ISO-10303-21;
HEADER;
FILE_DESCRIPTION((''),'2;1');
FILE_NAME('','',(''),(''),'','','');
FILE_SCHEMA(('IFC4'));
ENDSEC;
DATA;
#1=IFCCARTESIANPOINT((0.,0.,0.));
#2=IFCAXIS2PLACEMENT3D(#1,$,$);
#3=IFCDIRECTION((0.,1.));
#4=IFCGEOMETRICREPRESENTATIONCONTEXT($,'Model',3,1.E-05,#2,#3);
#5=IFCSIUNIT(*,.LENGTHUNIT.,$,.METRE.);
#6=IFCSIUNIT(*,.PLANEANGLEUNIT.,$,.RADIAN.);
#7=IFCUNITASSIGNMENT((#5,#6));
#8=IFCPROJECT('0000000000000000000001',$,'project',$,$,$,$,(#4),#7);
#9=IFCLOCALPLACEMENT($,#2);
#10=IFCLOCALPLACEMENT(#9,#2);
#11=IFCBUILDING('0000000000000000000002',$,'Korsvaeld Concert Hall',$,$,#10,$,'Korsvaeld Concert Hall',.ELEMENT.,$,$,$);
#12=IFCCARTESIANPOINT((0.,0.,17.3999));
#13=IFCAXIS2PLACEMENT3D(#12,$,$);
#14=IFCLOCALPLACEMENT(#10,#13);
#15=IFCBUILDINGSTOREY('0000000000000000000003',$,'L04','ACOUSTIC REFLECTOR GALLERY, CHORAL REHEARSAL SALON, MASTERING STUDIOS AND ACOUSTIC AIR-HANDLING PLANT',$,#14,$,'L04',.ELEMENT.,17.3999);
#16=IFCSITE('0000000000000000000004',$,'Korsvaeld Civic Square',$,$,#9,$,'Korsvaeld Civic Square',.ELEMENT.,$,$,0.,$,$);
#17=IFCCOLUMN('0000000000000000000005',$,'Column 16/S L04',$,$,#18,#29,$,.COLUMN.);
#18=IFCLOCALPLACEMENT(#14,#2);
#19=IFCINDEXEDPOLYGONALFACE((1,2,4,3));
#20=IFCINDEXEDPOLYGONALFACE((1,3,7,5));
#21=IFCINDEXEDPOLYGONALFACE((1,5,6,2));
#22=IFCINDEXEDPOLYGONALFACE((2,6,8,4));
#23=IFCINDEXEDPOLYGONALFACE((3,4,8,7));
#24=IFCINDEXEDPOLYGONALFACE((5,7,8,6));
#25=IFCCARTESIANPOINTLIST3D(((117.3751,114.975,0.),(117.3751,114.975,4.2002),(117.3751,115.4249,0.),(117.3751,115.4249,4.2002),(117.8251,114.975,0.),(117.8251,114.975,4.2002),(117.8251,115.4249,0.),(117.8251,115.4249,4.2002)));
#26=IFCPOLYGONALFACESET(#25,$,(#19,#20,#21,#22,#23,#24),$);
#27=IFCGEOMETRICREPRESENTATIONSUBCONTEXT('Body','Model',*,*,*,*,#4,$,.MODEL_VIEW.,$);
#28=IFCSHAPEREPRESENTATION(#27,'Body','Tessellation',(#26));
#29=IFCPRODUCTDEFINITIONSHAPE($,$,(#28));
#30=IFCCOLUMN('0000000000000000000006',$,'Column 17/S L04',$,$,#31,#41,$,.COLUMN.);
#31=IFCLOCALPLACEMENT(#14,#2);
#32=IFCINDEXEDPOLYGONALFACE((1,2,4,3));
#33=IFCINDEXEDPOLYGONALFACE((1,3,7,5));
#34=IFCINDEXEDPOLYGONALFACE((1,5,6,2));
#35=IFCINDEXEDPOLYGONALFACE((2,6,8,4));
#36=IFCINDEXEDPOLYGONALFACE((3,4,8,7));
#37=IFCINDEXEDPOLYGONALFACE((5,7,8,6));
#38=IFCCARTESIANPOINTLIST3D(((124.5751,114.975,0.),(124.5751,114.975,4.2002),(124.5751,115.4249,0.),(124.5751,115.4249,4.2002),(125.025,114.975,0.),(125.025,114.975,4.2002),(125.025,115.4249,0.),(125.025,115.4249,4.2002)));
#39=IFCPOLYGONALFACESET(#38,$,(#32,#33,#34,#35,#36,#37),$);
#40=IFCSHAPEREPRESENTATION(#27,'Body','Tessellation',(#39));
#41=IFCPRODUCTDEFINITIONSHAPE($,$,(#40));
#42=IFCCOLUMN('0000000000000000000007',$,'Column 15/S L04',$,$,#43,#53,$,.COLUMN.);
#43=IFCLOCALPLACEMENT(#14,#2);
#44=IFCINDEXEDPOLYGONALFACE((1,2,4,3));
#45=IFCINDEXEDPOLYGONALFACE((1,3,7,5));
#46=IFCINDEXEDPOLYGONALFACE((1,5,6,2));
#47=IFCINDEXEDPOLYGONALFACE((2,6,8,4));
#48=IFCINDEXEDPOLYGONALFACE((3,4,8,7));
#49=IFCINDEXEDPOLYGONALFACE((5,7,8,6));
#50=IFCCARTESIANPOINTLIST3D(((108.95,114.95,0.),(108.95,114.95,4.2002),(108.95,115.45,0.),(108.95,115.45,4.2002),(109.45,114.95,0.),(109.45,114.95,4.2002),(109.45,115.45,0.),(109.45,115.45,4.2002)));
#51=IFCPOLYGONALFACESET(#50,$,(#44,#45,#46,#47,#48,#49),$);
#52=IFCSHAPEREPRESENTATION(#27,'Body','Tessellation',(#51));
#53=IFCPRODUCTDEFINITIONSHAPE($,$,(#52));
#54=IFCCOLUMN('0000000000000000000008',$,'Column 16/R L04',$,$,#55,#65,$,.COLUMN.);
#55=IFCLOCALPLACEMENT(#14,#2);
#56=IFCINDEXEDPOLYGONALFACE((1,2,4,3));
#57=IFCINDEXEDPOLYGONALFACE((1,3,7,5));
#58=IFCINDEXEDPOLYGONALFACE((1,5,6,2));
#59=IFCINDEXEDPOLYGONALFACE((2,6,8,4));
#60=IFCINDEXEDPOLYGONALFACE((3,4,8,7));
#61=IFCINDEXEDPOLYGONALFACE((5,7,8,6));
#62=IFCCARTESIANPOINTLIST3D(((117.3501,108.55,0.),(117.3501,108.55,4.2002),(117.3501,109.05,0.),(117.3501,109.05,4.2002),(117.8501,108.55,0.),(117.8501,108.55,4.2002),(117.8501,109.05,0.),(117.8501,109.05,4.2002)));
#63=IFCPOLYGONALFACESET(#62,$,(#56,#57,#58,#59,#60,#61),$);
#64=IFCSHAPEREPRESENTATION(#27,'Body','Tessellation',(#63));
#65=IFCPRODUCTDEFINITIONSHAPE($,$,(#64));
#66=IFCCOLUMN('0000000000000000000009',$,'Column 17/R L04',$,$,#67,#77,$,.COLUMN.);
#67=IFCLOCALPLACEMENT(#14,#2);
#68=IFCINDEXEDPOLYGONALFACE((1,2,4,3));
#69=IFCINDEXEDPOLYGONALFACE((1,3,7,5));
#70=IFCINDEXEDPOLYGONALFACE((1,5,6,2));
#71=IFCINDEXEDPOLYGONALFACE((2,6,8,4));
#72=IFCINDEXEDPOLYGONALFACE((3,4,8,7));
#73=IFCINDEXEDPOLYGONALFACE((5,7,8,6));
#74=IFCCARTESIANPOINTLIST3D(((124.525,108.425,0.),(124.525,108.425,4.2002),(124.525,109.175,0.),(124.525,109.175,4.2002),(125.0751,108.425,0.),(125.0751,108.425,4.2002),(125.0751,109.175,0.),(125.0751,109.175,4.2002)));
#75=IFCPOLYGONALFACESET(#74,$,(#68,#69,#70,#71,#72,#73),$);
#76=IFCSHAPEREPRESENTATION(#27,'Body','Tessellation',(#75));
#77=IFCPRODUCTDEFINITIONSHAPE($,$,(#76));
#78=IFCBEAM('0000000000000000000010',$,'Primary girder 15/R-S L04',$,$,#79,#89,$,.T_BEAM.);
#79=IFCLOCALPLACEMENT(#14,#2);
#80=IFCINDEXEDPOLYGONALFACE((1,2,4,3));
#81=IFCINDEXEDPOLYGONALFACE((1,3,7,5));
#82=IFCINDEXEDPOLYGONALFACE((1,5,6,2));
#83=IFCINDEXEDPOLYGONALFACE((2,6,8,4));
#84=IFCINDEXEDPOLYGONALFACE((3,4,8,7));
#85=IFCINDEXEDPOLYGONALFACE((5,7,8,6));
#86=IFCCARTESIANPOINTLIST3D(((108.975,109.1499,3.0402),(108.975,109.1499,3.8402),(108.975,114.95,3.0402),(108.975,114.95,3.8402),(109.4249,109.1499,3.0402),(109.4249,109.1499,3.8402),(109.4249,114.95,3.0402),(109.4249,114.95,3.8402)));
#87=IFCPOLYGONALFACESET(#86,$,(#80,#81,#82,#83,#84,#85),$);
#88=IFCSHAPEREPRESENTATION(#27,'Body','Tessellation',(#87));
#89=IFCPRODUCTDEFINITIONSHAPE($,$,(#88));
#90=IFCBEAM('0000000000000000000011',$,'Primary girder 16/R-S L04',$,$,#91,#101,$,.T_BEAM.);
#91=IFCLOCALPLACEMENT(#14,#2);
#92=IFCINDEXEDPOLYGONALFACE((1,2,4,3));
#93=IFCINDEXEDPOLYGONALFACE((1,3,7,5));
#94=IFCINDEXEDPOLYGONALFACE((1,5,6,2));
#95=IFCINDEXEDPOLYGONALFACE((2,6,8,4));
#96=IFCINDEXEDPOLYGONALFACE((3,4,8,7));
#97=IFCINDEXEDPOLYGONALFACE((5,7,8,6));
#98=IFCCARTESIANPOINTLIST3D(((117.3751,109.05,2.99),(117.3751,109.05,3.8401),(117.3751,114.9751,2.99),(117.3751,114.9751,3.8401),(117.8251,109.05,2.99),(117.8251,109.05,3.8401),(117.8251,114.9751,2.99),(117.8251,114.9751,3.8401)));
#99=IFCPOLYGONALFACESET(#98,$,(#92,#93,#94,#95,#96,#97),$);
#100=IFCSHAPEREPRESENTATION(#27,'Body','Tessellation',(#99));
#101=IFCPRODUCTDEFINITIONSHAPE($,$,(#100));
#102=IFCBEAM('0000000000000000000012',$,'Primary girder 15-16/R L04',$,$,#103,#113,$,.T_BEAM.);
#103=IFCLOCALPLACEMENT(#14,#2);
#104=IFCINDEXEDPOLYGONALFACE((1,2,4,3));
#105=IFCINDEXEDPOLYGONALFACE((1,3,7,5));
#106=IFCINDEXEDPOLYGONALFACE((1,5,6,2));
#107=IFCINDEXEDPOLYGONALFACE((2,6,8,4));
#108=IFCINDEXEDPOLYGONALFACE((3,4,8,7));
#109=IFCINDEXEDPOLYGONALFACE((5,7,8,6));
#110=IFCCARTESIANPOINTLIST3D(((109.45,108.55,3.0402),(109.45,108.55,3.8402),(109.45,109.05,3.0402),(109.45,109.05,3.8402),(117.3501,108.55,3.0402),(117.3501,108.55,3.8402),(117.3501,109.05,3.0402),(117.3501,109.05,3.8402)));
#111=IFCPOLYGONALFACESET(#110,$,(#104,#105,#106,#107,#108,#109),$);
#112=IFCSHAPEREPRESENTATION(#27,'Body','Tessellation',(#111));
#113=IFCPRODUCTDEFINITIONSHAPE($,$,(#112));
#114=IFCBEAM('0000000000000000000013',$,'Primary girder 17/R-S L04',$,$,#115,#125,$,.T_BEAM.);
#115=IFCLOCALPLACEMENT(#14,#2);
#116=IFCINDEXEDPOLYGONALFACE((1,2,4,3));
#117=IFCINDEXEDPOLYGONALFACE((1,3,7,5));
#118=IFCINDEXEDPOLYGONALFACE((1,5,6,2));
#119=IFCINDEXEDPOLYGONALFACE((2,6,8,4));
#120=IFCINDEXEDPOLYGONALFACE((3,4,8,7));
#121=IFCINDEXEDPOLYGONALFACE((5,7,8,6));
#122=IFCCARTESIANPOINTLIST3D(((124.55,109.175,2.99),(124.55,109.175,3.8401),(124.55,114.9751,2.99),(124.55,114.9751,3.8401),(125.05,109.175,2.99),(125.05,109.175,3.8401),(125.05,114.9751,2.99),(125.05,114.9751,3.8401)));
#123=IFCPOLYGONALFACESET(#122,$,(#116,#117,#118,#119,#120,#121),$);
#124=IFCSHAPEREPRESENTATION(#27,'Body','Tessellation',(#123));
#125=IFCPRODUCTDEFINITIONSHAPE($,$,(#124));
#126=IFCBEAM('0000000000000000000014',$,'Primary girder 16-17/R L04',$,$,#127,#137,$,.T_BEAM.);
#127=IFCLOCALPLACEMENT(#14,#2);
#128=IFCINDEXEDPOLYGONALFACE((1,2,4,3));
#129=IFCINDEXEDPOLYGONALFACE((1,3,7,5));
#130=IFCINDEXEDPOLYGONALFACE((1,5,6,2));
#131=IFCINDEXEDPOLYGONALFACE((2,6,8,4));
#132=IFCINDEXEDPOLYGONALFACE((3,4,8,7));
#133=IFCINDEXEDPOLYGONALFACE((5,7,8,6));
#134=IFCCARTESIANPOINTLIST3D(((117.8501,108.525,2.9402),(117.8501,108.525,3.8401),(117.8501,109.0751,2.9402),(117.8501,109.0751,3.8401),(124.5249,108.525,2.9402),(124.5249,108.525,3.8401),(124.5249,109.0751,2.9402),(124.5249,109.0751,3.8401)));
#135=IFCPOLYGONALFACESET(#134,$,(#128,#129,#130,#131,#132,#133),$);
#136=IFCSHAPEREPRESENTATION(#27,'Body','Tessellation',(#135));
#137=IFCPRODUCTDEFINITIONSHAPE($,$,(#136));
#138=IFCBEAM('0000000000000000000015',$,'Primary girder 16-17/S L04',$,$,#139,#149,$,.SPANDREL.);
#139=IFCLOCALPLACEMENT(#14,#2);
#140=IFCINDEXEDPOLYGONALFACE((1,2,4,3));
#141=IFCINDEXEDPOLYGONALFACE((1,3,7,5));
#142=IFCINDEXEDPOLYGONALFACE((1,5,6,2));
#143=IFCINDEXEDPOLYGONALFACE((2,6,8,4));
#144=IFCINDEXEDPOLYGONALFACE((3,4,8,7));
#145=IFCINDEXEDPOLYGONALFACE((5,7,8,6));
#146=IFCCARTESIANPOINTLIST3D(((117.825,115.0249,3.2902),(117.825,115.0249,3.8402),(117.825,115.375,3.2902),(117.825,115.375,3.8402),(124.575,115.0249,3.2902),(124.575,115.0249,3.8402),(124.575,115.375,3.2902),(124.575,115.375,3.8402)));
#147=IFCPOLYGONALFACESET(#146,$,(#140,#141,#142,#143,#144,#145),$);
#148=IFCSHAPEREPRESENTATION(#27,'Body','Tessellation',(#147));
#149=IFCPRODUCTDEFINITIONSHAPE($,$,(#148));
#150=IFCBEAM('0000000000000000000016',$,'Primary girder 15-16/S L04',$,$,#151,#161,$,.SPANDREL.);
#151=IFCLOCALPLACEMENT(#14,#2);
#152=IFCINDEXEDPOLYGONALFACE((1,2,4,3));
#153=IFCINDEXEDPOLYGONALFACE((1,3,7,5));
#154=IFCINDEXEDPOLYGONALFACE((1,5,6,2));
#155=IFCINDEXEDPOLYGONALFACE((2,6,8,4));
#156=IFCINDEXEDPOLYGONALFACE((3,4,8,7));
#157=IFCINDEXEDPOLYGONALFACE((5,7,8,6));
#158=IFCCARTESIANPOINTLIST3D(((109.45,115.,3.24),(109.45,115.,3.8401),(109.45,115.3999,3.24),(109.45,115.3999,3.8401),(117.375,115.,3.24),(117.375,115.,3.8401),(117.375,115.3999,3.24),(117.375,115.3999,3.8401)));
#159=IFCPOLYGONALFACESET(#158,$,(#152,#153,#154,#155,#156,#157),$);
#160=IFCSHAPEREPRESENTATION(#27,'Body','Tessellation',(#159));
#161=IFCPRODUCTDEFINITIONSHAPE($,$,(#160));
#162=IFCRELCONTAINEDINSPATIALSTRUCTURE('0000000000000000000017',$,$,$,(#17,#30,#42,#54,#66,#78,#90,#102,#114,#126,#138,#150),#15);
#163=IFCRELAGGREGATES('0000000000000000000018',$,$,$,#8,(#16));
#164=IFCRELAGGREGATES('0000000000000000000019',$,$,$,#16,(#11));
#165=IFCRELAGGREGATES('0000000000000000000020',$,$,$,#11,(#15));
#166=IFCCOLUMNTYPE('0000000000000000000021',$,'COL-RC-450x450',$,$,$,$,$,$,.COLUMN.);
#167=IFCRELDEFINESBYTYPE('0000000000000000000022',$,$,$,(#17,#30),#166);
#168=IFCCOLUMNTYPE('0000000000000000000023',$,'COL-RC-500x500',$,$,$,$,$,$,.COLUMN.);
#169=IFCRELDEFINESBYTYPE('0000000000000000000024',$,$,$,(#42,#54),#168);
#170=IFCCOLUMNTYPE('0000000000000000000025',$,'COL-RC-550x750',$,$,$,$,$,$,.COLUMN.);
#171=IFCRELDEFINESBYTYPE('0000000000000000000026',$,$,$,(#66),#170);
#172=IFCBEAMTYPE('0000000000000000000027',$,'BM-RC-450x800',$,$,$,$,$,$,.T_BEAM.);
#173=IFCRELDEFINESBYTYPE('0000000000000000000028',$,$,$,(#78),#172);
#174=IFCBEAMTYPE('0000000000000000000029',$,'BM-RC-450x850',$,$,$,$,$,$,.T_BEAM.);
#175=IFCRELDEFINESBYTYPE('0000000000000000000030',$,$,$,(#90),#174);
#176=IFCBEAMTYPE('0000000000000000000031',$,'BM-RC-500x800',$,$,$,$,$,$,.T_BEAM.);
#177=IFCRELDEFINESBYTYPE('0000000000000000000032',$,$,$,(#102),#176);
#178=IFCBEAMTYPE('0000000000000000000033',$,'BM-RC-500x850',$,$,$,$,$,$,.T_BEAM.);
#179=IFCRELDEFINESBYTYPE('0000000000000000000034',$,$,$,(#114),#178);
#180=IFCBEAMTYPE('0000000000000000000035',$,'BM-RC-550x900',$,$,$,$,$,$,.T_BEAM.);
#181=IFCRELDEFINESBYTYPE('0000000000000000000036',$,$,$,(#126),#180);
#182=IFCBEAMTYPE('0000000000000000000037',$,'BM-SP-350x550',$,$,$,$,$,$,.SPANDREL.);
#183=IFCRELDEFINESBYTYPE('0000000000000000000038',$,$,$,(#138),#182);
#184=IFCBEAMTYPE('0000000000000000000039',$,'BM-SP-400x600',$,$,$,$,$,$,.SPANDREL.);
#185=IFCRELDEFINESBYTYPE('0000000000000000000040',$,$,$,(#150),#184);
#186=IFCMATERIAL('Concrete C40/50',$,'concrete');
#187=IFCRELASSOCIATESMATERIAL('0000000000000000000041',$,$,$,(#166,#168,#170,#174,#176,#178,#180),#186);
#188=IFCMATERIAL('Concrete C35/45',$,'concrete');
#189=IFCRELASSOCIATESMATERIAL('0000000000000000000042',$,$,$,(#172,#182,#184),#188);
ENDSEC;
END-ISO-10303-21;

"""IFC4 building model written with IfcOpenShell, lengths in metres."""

from ifc_helpers import new_model, si_unit, direction, frame, origin, origin_2d, place, context, subcontext, project, spatial, rectangle, extrude, material, material_profile, profile_set, type_object, element, save


model = new_model("IFC4")

# Units and contexts
model_context = context("Model", 3, precision=1e-05, world=origin(), true_north=direction((0.0, 1.0)))
body_context = subcontext(model_context, "Body", "Model", "MODEL_VIEW")
ifc_project = project(units=[si_unit("LENGTHUNIT", "METRE"), si_unit("PLANEANGLEUNIT", "RADIAN")], contexts=[model_context])

# Site, building, storey
site_placement = place(None, origin())
site = spatial("IfcSite", under=ifc_project, at=site_placement, Name="Korsvaeld Civic Square", LongName="Korsvaeld Civic Square", CompositionType="ELEMENT", RefElevation=0.0)
building_placement = place(site_placement, origin())
building = spatial("IfcBuilding", under=site, at=building_placement, Name="Korsvaeld Concert Hall", LongName="Korsvaeld Concert Hall", CompositionType="ELEMENT")
storey_placement = place(building_placement, frame((0.0, 0.0, 17.3999)))
storey = spatial("IfcBuildingStorey", under=building, at=storey_placement, Name="L04", Description="ACOUSTIC REFLECTOR GALLERY, CHORAL REHEARSAL SALON, MASTERING STUDIOS AND ACOUSTIC AIR-HANDLING PLANT", LongName="L04", CompositionType="ELEMENT", Elevation=17.3999)

# Columns
ifc_material_1 = material(Name="Concrete C40/50", Category="concrete")
ifc_material_profile_1 = material_profile(ifc_material_1, rectangle(XDim=0.45, YDim=0.45, at=origin_2d()), Name="RC 450x450")
ifc_profile_set_1 = profile_set([ifc_material_profile_1], Name="Concrete C40/50")
column_type_1 = type_object("IfcColumnType", Name="COL-RC-450x450", PredefinedType="COLUMN", material=ifc_profile_set_1)
for number, where, z_axis, x_axis, name in (
    (1, (117.6001, 115.2, 0.0), (0.0, 0.0, 1.0), (1.0, 0.0, 0.0), "Column 16/S L04"),
    (2, (124.8, 115.2, 0.0), (0.0, 0.0, 1.0), (1.0, 0.0, 0.0), "Column 17/S L04"),
):
    element("IfcColumn", number, at=place(storey_placement, frame(where, z_axis=z_axis, x_axis=x_axis)), inside=storey, type_object=column_type_1, Name=name, PredefinedType="COLUMN", context=body_context, shape_type="SweptSolid", body=[
        extrude(rectangle(XDim=0.45, YDim=0.45, at=origin_2d()), origin(), (0.0, 0.0, 1.0), 4.2002),
    ])
ifc_material_profile_2 = material_profile(ifc_material_1, rectangle(XDim=0.5, YDim=0.5, at=origin_2d()), Name="RC 500x500")
ifc_profile_set_2 = profile_set([ifc_material_profile_2], Name="Concrete C40/50")
column_type_2 = type_object("IfcColumnType", Name="COL-RC-500x500", PredefinedType="COLUMN", material=ifc_profile_set_2)
for number, where, z_axis, x_axis, name in (
    (3, (109.2, 115.2, 0.0), (0.0, 0.0, 1.0), (1.0, 0.0, 0.0), "Column 15/S L04"),
    (4, (117.6001, 108.8, 0.0), (0.0, 0.0, 1.0), (1.0, 0.0, 0.0), "Column 16/R L04"),
):
    element("IfcColumn", number, at=place(storey_placement, frame(where, z_axis=z_axis, x_axis=x_axis)), inside=storey, type_object=column_type_2, Name=name, PredefinedType="COLUMN", context=body_context, shape_type="SweptSolid", body=[
        extrude(rectangle(XDim=0.5, YDim=0.5, at=origin_2d()), origin(), (0.0, 0.0, 1.0), 4.2002),
    ])
ifc_material_profile_3 = material_profile(ifc_material_1, rectangle(XDim=0.55, YDim=0.75, at=origin_2d()), Name="RC 550x750")
ifc_profile_set_3 = profile_set([ifc_material_profile_3], Name="Concrete C40/50")
column_type_3 = type_object("IfcColumnType", Name="COL-RC-550x750", PredefinedType="COLUMN", material=ifc_profile_set_3)
column_placement = place(storey_placement, frame((124.8, 108.8, 0.0), z_axis=(0.0, 0.0, 1.0), x_axis=(1.0, 0.0, 0.0)))
element("IfcColumn", 5, at=column_placement, inside=storey, type_object=column_type_3, Name="Column 17/R L04", PredefinedType="COLUMN", context=body_context, shape_type="SweptSolid", body=[
    extrude(rectangle(XDim=0.55, YDim=0.75, at=origin_2d()), origin(), (0.0, 0.0, 1.0), 4.2002),
])

# Beams
ifc_material_2 = material(Name="Concrete C35/45", Category="concrete")
ifc_material_profile_4 = material_profile(ifc_material_2, rectangle(XDim=0.45, YDim=0.8, at=origin_2d()), Name="RC 450x800")
ifc_profile_set_4 = profile_set([ifc_material_profile_4], Name="Concrete C35/45")
beam_type_1 = type_object("IfcBeamType", Name="BM-RC-450x800", PredefinedType="T_BEAM", material=ifc_profile_set_4)
beam_1_placement = place(storey_placement, frame((109.2, 109.1499, 3.4402), z_axis=(0.0, 1.0, 0.0), x_axis=(-1.0, 0.0, 0.0)))
element("IfcBeam", 6, at=beam_1_placement, inside=storey, type_object=beam_type_1, Name="Primary girder 15/R-S L04", PredefinedType="T_BEAM", context=body_context, shape_type="SweptSolid", body=[
    extrude(rectangle(XDim=0.45, YDim=0.8, at=origin_2d()), origin(), (0.0, 0.0, 1.0), 5.8),
])
ifc_material_profile_5 = material_profile(ifc_material_1, rectangle(XDim=0.45, YDim=0.8501, at=origin_2d()), Name="RC 450x850")
ifc_profile_set_5 = profile_set([ifc_material_profile_5], Name="Concrete C40/50")
beam_type_2 = type_object("IfcBeamType", Name="BM-RC-450x850", PredefinedType="T_BEAM", material=ifc_profile_set_5)
beam_2_placement = place(storey_placement, frame((117.6001, 109.05, 3.415), z_axis=(0.0, 1.0, 0.0), x_axis=(-1.0, 0.0, 0.0)))
element("IfcBeam", 7, at=beam_2_placement, inside=storey, type_object=beam_type_2, Name="Primary girder 16/R-S L04", PredefinedType="T_BEAM", context=body_context, shape_type="SweptSolid", body=[
    extrude(rectangle(XDim=0.45, YDim=0.8501, at=origin_2d()), origin(), (0.0, 0.0, 1.0), 5.925),
])
ifc_material_profile_6 = material_profile(ifc_material_1, rectangle(XDim=0.5, YDim=0.8, at=origin_2d()), Name="RC 500x800")
ifc_profile_set_6 = profile_set([ifc_material_profile_6], Name="Concrete C40/50")
beam_type_3 = type_object("IfcBeamType", Name="BM-RC-500x800", PredefinedType="T_BEAM", material=ifc_profile_set_6)
beam_3_placement = place(storey_placement, frame((109.45, 108.8, 3.4402), z_axis=(1.0, 0.0, 0.0), x_axis=(0.0, 1.0, 0.0)))
element("IfcBeam", 8, at=beam_3_placement, inside=storey, type_object=beam_type_3, Name="Primary girder 15-16/R L04", PredefinedType="T_BEAM", context=body_context, shape_type="SweptSolid", body=[
    extrude(rectangle(XDim=0.5, YDim=0.8, at=origin_2d()), origin(), (0.0, 0.0, 1.0), 7.9001),
])
ifc_material_profile_7 = material_profile(ifc_material_1, rectangle(XDim=0.5, YDim=0.8501, at=origin_2d()), Name="RC 500x850")
ifc_profile_set_7 = profile_set([ifc_material_profile_7], Name="Concrete C40/50")
beam_type_4 = type_object("IfcBeamType", Name="BM-RC-500x850", PredefinedType="T_BEAM", material=ifc_profile_set_7)
beam_4_placement = place(storey_placement, frame((124.8, 109.175, 3.415), z_axis=(0.0, 1.0, 0.0), x_axis=(-1.0, 0.0, 0.0)))
element("IfcBeam", 9, at=beam_4_placement, inside=storey, type_object=beam_type_4, Name="Primary girder 17/R-S L04", PredefinedType="T_BEAM", context=body_context, shape_type="SweptSolid", body=[
    extrude(rectangle(XDim=0.5, YDim=0.8501, at=origin_2d()), origin(), (0.0, 0.0, 1.0), 5.8),
])
ifc_material_profile_8 = material_profile(ifc_material_1, rectangle(XDim=0.55, YDim=0.8999, at=origin_2d()), Name="RC 550x900")
ifc_profile_set_8 = profile_set([ifc_material_profile_8], Name="Concrete C40/50")
beam_type_5 = type_object("IfcBeamType", Name="BM-RC-550x900", PredefinedType="T_BEAM", material=ifc_profile_set_8)
beam_5_placement = place(storey_placement, frame((117.8501, 108.8, 3.3901), z_axis=(1.0, 0.0, 0.0), x_axis=(0.0, 1.0, 0.0)))
element("IfcBeam", 10, at=beam_5_placement, inside=storey, type_object=beam_type_5, Name="Primary girder 16-17/R L04", PredefinedType="T_BEAM", context=body_context, shape_type="SweptSolid", body=[
    extrude(rectangle(XDim=0.55, YDim=0.8999, at=origin_2d()), origin(), (0.0, 0.0, 1.0), 6.6748),
])
ifc_material_profile_9 = material_profile(ifc_material_2, rectangle(XDim=0.3501, YDim=0.55, at=origin_2d()), Name="RC 350x550")
ifc_profile_set_9 = profile_set([ifc_material_profile_9], Name="Concrete C35/45")
beam_type_6 = type_object("IfcBeamType", Name="BM-SP-350x550", PredefinedType="SPANDREL", material=ifc_profile_set_9)
beam_6_placement = place(storey_placement, frame((117.825, 115.2, 3.5652), z_axis=(1.0, 0.0, 0.0), x_axis=(0.0, 1.0, 0.0)))
element("IfcBeam", 11, at=beam_6_placement, inside=storey, type_object=beam_type_6, Name="Primary girder 16-17/S L04", PredefinedType="SPANDREL", context=body_context, shape_type="SweptSolid", body=[
    extrude(rectangle(XDim=0.3501, YDim=0.55, at=origin_2d()), origin(), (0.0, 0.0, 1.0), 6.75),
])
ifc_material_profile_10 = material_profile(ifc_material_2, rectangle(XDim=0.3999, YDim=0.6001, at=origin_2d()), Name="RC 400x600")
ifc_profile_set_10 = profile_set([ifc_material_profile_10], Name="Concrete C35/45")
beam_type_7 = type_object("IfcBeamType", Name="BM-SP-400x600", PredefinedType="SPANDREL", material=ifc_profile_set_10)
beam_7_placement = place(storey_placement, frame((109.45, 115.2, 3.54), z_axis=(1.0, 0.0, 0.0), x_axis=(0.0, 1.0, 0.0)))
element("IfcBeam", 12, at=beam_7_placement, inside=storey, type_object=beam_type_7, Name="Primary girder 15-16/S L04", PredefinedType="SPANDREL", context=body_context, shape_type="SweptSolid", body=[
    extrude(rectangle(XDim=0.3999, YDim=0.6001, at=origin_2d()), origin(), (0.0, 0.0, 1.0), 7.925),
])

save(model, "model.ifc")
